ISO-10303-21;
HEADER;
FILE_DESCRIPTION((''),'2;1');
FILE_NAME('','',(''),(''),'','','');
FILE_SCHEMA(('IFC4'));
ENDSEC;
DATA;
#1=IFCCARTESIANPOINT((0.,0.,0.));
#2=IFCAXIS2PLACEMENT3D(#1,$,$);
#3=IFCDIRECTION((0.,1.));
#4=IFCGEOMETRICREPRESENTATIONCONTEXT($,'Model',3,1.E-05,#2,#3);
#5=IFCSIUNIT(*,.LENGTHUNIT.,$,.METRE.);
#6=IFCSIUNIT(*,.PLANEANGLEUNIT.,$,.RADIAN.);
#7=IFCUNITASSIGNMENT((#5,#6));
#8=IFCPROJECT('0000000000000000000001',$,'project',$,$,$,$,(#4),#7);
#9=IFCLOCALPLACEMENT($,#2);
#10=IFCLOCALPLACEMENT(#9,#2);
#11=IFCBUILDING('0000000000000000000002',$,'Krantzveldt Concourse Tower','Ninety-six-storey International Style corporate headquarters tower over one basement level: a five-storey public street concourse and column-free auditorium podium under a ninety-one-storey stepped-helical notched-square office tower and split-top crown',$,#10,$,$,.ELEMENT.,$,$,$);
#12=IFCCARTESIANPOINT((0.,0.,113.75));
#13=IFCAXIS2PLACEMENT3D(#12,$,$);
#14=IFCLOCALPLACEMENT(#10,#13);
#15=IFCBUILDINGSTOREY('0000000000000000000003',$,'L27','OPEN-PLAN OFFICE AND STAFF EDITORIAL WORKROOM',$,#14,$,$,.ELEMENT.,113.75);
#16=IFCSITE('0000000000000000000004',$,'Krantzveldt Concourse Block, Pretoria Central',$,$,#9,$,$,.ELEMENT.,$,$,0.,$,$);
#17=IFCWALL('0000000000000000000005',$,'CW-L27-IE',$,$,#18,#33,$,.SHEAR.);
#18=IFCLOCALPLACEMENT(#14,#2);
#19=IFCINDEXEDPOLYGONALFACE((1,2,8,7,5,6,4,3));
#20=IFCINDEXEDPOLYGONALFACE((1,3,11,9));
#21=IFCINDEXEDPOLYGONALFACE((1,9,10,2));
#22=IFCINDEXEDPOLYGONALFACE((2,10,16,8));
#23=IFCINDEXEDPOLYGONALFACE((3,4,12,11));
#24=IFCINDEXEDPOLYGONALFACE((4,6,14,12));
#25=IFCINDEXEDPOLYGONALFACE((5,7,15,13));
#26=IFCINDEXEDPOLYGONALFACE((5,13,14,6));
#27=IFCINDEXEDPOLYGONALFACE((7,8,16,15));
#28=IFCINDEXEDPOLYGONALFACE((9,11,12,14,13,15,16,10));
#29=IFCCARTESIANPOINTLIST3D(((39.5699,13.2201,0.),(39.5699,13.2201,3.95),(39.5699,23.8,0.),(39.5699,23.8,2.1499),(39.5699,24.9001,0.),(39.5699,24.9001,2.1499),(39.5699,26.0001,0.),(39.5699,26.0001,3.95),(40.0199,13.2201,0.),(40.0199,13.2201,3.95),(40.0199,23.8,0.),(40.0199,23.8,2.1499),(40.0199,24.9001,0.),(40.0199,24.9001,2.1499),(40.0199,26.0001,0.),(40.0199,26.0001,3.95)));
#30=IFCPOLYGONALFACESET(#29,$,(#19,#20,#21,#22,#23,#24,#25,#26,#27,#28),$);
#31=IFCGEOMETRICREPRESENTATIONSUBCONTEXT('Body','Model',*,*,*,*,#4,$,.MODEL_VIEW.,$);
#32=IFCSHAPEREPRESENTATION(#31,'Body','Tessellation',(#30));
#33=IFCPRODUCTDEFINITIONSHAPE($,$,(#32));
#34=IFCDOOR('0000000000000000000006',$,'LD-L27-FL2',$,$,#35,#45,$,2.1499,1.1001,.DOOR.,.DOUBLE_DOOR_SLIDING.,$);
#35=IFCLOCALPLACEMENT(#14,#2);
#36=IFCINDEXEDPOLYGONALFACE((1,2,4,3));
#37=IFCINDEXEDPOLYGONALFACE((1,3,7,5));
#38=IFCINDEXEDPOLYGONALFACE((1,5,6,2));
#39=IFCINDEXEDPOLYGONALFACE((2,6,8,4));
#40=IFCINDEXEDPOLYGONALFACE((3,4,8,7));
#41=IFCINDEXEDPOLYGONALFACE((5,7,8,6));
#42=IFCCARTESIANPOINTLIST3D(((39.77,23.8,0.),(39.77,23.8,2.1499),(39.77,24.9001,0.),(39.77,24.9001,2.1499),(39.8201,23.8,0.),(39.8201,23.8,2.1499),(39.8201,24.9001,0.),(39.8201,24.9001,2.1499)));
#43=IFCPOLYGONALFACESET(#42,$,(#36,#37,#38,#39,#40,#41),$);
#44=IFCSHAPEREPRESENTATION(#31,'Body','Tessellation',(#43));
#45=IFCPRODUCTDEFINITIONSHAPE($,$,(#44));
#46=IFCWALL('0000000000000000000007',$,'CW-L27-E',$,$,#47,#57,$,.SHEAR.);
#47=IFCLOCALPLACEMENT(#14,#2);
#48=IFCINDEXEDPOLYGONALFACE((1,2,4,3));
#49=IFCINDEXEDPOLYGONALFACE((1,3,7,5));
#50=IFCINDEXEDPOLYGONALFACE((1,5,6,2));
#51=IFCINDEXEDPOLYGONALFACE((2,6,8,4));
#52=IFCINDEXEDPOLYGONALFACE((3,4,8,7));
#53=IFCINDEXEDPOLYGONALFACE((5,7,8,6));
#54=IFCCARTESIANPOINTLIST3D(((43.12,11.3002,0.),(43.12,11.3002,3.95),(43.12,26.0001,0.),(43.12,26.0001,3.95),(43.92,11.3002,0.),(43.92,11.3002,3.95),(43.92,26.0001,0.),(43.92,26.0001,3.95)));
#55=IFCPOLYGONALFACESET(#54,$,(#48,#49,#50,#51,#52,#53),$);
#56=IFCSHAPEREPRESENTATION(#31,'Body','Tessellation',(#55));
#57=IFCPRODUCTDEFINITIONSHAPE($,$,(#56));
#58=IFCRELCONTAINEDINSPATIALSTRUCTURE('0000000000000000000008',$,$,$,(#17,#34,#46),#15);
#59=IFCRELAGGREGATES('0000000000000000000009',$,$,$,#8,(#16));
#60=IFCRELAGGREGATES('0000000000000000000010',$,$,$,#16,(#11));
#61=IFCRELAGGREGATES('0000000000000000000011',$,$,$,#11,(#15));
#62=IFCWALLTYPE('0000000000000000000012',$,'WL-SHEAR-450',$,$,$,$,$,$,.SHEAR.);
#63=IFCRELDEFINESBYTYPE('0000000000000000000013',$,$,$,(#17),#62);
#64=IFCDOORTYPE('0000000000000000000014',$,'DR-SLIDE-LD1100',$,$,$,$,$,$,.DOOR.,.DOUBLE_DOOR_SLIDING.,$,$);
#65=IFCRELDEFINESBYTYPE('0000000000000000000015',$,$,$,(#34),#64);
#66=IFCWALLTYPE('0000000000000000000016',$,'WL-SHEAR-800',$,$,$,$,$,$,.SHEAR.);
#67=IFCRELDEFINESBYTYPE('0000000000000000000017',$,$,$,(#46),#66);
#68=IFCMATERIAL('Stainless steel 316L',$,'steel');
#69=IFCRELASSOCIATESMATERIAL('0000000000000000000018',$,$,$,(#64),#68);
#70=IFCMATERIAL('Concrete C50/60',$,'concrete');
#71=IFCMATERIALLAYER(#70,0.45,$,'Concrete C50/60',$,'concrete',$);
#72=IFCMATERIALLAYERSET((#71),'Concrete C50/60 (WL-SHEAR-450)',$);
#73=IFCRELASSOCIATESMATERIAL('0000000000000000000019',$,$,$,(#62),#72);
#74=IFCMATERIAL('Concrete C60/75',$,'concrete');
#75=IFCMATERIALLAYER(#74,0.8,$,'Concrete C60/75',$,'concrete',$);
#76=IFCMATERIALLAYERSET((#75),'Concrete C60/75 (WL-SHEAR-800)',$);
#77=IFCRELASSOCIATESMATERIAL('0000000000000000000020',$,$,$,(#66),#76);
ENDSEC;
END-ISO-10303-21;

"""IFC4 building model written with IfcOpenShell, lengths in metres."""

from ifc_helpers import new_model, si_unit, direction, frame, frame_2d, origin, place, context, subcontext, project, spatial, rectangle, extrude, material, layer, layer_set, type_object, element, fill, save


model = new_model("IFC4")

# Units and contexts
model_context = context("Model", 3, precision=1e-05, world=origin(), true_north=direction((0.0, 1.0)))
body_context = subcontext(model_context, "Body", "Model", "MODEL_VIEW")
ifc_project = project(units=[si_unit("LENGTHUNIT", "METRE"), si_unit("PLANEANGLEUNIT", "RADIAN")], contexts=[model_context])

# Site, building, storey
site_placement = place(None, origin())
site = spatial("IfcSite", under=ifc_project, at=site_placement, Name="Krantzveldt Concourse Block, Pretoria Central", CompositionType="ELEMENT", RefElevation=0.0)
building_placement = place(site_placement, origin())
building = spatial("IfcBuilding", under=site, at=building_placement, Name="Krantzveldt Concourse Tower", Description="Ninety-six-storey International Style corporate headquarters tower over one basement level: a five-storey public street concourse and column-free auditorium podium under a ninety-one-storey stepped-helical notched-square office tower and split-top crown", CompositionType="ELEMENT")
storey_placement = place(building_placement, frame((0.0, 0.0, 113.75)))
storey = spatial("IfcBuildingStorey", under=building, at=storey_placement, Name="L27", Description="OPEN-PLAN OFFICE AND STAFF EDITORIAL WORKROOM", CompositionType="ELEMENT", Elevation=113.75)

# Shared definitions
ifc_material_1 = material(Name="Stainless steel 316L", Category="steel")
door_type = type_object("IfcDoorType", Name="DR-SLIDE-LD1100", OperationType="DOUBLE_DOOR_SLIDING", PredefinedType="DOOR", material=ifc_material_1)

# Shared definitions
ifc_material_2 = material(Name="Concrete C50/60", Category="concrete")

# Wall, opening, door
ifc_layer_1 = layer(ifc_material_2, 0.45, Name="Concrete C50/60", Category="concrete")
ifc_layer_set_1 = layer_set([ifc_layer_1], Name="Concrete C50/60 (WL-SHEAR-450)")
wall_type_1 = type_object("IfcWallType", Name="WL-SHEAR-450", PredefinedType="SHEAR", material=ifc_layer_set_1)
wall_1_placement = place(storey_placement, frame((39.7949, 13.22, 0.0), z_axis=(0.0, 0.0, 1.0), x_axis=(0.0, 1.0, 0.0)))
wall_1 = element("IfcWall", 1, at=wall_1_placement, inside=storey, type_object=wall_type_1, Name="CW-L27-IE", PredefinedType="SHEAR", context=body_context, shape_type="SweptSolid", body=[
    extrude(rectangle(XDim=12.78, YDim=0.45, at=frame_2d((6.3901, 0.0))), origin(), (0.0, 0.0, 1.0), 3.95),
])
opening_1_placement = place(wall_1_placement, frame((10.5801, 0.0, 0.0)))
opening_1 = element("IfcOpeningElement", 2, at=opening_1_placement, cuts=wall_1, PredefinedType="OPENING", context=body_context, shape_type="SweptSolid", body=[
    extrude(rectangle(XDim=1.1001, YDim=2.1499, at=frame_2d((0.55, 1.075))), frame((0.0, 0.2349, 0.0), z_axis=(0.0, -1.0, 0.0), x_axis=(1.0, 0.0, 0.0)), (0.0, 0.0, 1.0), 0.47),
])
door_1_placement = place(opening_1_placement, origin())
door_1 = element("IfcDoor", 3, at=door_1_placement, inside=storey, type_object=door_type, Name="LD-L27-FL2", OperationType="DOUBLE_DOOR_SLIDING", OverallHeight=2.1499, OverallWidth=1.1001, PredefinedType="DOOR", context=body_context, shape_type="SweptSolid", body=[
    extrude(rectangle(XDim=1.1001, YDim=2.1499, at=frame_2d((0.55, 1.075))), frame((0.0, 0.0249, 0.0), z_axis=(0.0, -1.0, 0.0), x_axis=(1.0, 0.0, 0.0)), (0.0, 0.0, 1.0), 0.05),
])
fill(opening_1, door_1)

# Wall
ifc_material_3 = material(Name="Concrete C60/75", Category="concrete")
ifc_layer_2 = layer(ifc_material_3, 0.8, Name="Concrete C60/75", Category="concrete")
ifc_layer_set_2 = layer_set([ifc_layer_2], Name="Concrete C60/75 (WL-SHEAR-800)")
wall_type_2 = type_object("IfcWallType", Name="WL-SHEAR-800", PredefinedType="SHEAR", material=ifc_layer_set_2)
wall_2_placement = place(storey_placement, frame((43.52, 11.3, 0.0), z_axis=(0.0, 0.0, 1.0), x_axis=(0.0, 1.0, 0.0)))
element("IfcWall", 4, at=wall_2_placement, inside=storey, type_object=wall_type_2, Name="CW-L27-E", PredefinedType="SHEAR", context=body_context, shape_type="SweptSolid", body=[
    extrude(rectangle(XDim=14.7, YDim=0.8, at=frame_2d((7.3501, 0.0))), origin(), (0.0, 0.0, 1.0), 3.95),
])

save(model, "model.ifc")
